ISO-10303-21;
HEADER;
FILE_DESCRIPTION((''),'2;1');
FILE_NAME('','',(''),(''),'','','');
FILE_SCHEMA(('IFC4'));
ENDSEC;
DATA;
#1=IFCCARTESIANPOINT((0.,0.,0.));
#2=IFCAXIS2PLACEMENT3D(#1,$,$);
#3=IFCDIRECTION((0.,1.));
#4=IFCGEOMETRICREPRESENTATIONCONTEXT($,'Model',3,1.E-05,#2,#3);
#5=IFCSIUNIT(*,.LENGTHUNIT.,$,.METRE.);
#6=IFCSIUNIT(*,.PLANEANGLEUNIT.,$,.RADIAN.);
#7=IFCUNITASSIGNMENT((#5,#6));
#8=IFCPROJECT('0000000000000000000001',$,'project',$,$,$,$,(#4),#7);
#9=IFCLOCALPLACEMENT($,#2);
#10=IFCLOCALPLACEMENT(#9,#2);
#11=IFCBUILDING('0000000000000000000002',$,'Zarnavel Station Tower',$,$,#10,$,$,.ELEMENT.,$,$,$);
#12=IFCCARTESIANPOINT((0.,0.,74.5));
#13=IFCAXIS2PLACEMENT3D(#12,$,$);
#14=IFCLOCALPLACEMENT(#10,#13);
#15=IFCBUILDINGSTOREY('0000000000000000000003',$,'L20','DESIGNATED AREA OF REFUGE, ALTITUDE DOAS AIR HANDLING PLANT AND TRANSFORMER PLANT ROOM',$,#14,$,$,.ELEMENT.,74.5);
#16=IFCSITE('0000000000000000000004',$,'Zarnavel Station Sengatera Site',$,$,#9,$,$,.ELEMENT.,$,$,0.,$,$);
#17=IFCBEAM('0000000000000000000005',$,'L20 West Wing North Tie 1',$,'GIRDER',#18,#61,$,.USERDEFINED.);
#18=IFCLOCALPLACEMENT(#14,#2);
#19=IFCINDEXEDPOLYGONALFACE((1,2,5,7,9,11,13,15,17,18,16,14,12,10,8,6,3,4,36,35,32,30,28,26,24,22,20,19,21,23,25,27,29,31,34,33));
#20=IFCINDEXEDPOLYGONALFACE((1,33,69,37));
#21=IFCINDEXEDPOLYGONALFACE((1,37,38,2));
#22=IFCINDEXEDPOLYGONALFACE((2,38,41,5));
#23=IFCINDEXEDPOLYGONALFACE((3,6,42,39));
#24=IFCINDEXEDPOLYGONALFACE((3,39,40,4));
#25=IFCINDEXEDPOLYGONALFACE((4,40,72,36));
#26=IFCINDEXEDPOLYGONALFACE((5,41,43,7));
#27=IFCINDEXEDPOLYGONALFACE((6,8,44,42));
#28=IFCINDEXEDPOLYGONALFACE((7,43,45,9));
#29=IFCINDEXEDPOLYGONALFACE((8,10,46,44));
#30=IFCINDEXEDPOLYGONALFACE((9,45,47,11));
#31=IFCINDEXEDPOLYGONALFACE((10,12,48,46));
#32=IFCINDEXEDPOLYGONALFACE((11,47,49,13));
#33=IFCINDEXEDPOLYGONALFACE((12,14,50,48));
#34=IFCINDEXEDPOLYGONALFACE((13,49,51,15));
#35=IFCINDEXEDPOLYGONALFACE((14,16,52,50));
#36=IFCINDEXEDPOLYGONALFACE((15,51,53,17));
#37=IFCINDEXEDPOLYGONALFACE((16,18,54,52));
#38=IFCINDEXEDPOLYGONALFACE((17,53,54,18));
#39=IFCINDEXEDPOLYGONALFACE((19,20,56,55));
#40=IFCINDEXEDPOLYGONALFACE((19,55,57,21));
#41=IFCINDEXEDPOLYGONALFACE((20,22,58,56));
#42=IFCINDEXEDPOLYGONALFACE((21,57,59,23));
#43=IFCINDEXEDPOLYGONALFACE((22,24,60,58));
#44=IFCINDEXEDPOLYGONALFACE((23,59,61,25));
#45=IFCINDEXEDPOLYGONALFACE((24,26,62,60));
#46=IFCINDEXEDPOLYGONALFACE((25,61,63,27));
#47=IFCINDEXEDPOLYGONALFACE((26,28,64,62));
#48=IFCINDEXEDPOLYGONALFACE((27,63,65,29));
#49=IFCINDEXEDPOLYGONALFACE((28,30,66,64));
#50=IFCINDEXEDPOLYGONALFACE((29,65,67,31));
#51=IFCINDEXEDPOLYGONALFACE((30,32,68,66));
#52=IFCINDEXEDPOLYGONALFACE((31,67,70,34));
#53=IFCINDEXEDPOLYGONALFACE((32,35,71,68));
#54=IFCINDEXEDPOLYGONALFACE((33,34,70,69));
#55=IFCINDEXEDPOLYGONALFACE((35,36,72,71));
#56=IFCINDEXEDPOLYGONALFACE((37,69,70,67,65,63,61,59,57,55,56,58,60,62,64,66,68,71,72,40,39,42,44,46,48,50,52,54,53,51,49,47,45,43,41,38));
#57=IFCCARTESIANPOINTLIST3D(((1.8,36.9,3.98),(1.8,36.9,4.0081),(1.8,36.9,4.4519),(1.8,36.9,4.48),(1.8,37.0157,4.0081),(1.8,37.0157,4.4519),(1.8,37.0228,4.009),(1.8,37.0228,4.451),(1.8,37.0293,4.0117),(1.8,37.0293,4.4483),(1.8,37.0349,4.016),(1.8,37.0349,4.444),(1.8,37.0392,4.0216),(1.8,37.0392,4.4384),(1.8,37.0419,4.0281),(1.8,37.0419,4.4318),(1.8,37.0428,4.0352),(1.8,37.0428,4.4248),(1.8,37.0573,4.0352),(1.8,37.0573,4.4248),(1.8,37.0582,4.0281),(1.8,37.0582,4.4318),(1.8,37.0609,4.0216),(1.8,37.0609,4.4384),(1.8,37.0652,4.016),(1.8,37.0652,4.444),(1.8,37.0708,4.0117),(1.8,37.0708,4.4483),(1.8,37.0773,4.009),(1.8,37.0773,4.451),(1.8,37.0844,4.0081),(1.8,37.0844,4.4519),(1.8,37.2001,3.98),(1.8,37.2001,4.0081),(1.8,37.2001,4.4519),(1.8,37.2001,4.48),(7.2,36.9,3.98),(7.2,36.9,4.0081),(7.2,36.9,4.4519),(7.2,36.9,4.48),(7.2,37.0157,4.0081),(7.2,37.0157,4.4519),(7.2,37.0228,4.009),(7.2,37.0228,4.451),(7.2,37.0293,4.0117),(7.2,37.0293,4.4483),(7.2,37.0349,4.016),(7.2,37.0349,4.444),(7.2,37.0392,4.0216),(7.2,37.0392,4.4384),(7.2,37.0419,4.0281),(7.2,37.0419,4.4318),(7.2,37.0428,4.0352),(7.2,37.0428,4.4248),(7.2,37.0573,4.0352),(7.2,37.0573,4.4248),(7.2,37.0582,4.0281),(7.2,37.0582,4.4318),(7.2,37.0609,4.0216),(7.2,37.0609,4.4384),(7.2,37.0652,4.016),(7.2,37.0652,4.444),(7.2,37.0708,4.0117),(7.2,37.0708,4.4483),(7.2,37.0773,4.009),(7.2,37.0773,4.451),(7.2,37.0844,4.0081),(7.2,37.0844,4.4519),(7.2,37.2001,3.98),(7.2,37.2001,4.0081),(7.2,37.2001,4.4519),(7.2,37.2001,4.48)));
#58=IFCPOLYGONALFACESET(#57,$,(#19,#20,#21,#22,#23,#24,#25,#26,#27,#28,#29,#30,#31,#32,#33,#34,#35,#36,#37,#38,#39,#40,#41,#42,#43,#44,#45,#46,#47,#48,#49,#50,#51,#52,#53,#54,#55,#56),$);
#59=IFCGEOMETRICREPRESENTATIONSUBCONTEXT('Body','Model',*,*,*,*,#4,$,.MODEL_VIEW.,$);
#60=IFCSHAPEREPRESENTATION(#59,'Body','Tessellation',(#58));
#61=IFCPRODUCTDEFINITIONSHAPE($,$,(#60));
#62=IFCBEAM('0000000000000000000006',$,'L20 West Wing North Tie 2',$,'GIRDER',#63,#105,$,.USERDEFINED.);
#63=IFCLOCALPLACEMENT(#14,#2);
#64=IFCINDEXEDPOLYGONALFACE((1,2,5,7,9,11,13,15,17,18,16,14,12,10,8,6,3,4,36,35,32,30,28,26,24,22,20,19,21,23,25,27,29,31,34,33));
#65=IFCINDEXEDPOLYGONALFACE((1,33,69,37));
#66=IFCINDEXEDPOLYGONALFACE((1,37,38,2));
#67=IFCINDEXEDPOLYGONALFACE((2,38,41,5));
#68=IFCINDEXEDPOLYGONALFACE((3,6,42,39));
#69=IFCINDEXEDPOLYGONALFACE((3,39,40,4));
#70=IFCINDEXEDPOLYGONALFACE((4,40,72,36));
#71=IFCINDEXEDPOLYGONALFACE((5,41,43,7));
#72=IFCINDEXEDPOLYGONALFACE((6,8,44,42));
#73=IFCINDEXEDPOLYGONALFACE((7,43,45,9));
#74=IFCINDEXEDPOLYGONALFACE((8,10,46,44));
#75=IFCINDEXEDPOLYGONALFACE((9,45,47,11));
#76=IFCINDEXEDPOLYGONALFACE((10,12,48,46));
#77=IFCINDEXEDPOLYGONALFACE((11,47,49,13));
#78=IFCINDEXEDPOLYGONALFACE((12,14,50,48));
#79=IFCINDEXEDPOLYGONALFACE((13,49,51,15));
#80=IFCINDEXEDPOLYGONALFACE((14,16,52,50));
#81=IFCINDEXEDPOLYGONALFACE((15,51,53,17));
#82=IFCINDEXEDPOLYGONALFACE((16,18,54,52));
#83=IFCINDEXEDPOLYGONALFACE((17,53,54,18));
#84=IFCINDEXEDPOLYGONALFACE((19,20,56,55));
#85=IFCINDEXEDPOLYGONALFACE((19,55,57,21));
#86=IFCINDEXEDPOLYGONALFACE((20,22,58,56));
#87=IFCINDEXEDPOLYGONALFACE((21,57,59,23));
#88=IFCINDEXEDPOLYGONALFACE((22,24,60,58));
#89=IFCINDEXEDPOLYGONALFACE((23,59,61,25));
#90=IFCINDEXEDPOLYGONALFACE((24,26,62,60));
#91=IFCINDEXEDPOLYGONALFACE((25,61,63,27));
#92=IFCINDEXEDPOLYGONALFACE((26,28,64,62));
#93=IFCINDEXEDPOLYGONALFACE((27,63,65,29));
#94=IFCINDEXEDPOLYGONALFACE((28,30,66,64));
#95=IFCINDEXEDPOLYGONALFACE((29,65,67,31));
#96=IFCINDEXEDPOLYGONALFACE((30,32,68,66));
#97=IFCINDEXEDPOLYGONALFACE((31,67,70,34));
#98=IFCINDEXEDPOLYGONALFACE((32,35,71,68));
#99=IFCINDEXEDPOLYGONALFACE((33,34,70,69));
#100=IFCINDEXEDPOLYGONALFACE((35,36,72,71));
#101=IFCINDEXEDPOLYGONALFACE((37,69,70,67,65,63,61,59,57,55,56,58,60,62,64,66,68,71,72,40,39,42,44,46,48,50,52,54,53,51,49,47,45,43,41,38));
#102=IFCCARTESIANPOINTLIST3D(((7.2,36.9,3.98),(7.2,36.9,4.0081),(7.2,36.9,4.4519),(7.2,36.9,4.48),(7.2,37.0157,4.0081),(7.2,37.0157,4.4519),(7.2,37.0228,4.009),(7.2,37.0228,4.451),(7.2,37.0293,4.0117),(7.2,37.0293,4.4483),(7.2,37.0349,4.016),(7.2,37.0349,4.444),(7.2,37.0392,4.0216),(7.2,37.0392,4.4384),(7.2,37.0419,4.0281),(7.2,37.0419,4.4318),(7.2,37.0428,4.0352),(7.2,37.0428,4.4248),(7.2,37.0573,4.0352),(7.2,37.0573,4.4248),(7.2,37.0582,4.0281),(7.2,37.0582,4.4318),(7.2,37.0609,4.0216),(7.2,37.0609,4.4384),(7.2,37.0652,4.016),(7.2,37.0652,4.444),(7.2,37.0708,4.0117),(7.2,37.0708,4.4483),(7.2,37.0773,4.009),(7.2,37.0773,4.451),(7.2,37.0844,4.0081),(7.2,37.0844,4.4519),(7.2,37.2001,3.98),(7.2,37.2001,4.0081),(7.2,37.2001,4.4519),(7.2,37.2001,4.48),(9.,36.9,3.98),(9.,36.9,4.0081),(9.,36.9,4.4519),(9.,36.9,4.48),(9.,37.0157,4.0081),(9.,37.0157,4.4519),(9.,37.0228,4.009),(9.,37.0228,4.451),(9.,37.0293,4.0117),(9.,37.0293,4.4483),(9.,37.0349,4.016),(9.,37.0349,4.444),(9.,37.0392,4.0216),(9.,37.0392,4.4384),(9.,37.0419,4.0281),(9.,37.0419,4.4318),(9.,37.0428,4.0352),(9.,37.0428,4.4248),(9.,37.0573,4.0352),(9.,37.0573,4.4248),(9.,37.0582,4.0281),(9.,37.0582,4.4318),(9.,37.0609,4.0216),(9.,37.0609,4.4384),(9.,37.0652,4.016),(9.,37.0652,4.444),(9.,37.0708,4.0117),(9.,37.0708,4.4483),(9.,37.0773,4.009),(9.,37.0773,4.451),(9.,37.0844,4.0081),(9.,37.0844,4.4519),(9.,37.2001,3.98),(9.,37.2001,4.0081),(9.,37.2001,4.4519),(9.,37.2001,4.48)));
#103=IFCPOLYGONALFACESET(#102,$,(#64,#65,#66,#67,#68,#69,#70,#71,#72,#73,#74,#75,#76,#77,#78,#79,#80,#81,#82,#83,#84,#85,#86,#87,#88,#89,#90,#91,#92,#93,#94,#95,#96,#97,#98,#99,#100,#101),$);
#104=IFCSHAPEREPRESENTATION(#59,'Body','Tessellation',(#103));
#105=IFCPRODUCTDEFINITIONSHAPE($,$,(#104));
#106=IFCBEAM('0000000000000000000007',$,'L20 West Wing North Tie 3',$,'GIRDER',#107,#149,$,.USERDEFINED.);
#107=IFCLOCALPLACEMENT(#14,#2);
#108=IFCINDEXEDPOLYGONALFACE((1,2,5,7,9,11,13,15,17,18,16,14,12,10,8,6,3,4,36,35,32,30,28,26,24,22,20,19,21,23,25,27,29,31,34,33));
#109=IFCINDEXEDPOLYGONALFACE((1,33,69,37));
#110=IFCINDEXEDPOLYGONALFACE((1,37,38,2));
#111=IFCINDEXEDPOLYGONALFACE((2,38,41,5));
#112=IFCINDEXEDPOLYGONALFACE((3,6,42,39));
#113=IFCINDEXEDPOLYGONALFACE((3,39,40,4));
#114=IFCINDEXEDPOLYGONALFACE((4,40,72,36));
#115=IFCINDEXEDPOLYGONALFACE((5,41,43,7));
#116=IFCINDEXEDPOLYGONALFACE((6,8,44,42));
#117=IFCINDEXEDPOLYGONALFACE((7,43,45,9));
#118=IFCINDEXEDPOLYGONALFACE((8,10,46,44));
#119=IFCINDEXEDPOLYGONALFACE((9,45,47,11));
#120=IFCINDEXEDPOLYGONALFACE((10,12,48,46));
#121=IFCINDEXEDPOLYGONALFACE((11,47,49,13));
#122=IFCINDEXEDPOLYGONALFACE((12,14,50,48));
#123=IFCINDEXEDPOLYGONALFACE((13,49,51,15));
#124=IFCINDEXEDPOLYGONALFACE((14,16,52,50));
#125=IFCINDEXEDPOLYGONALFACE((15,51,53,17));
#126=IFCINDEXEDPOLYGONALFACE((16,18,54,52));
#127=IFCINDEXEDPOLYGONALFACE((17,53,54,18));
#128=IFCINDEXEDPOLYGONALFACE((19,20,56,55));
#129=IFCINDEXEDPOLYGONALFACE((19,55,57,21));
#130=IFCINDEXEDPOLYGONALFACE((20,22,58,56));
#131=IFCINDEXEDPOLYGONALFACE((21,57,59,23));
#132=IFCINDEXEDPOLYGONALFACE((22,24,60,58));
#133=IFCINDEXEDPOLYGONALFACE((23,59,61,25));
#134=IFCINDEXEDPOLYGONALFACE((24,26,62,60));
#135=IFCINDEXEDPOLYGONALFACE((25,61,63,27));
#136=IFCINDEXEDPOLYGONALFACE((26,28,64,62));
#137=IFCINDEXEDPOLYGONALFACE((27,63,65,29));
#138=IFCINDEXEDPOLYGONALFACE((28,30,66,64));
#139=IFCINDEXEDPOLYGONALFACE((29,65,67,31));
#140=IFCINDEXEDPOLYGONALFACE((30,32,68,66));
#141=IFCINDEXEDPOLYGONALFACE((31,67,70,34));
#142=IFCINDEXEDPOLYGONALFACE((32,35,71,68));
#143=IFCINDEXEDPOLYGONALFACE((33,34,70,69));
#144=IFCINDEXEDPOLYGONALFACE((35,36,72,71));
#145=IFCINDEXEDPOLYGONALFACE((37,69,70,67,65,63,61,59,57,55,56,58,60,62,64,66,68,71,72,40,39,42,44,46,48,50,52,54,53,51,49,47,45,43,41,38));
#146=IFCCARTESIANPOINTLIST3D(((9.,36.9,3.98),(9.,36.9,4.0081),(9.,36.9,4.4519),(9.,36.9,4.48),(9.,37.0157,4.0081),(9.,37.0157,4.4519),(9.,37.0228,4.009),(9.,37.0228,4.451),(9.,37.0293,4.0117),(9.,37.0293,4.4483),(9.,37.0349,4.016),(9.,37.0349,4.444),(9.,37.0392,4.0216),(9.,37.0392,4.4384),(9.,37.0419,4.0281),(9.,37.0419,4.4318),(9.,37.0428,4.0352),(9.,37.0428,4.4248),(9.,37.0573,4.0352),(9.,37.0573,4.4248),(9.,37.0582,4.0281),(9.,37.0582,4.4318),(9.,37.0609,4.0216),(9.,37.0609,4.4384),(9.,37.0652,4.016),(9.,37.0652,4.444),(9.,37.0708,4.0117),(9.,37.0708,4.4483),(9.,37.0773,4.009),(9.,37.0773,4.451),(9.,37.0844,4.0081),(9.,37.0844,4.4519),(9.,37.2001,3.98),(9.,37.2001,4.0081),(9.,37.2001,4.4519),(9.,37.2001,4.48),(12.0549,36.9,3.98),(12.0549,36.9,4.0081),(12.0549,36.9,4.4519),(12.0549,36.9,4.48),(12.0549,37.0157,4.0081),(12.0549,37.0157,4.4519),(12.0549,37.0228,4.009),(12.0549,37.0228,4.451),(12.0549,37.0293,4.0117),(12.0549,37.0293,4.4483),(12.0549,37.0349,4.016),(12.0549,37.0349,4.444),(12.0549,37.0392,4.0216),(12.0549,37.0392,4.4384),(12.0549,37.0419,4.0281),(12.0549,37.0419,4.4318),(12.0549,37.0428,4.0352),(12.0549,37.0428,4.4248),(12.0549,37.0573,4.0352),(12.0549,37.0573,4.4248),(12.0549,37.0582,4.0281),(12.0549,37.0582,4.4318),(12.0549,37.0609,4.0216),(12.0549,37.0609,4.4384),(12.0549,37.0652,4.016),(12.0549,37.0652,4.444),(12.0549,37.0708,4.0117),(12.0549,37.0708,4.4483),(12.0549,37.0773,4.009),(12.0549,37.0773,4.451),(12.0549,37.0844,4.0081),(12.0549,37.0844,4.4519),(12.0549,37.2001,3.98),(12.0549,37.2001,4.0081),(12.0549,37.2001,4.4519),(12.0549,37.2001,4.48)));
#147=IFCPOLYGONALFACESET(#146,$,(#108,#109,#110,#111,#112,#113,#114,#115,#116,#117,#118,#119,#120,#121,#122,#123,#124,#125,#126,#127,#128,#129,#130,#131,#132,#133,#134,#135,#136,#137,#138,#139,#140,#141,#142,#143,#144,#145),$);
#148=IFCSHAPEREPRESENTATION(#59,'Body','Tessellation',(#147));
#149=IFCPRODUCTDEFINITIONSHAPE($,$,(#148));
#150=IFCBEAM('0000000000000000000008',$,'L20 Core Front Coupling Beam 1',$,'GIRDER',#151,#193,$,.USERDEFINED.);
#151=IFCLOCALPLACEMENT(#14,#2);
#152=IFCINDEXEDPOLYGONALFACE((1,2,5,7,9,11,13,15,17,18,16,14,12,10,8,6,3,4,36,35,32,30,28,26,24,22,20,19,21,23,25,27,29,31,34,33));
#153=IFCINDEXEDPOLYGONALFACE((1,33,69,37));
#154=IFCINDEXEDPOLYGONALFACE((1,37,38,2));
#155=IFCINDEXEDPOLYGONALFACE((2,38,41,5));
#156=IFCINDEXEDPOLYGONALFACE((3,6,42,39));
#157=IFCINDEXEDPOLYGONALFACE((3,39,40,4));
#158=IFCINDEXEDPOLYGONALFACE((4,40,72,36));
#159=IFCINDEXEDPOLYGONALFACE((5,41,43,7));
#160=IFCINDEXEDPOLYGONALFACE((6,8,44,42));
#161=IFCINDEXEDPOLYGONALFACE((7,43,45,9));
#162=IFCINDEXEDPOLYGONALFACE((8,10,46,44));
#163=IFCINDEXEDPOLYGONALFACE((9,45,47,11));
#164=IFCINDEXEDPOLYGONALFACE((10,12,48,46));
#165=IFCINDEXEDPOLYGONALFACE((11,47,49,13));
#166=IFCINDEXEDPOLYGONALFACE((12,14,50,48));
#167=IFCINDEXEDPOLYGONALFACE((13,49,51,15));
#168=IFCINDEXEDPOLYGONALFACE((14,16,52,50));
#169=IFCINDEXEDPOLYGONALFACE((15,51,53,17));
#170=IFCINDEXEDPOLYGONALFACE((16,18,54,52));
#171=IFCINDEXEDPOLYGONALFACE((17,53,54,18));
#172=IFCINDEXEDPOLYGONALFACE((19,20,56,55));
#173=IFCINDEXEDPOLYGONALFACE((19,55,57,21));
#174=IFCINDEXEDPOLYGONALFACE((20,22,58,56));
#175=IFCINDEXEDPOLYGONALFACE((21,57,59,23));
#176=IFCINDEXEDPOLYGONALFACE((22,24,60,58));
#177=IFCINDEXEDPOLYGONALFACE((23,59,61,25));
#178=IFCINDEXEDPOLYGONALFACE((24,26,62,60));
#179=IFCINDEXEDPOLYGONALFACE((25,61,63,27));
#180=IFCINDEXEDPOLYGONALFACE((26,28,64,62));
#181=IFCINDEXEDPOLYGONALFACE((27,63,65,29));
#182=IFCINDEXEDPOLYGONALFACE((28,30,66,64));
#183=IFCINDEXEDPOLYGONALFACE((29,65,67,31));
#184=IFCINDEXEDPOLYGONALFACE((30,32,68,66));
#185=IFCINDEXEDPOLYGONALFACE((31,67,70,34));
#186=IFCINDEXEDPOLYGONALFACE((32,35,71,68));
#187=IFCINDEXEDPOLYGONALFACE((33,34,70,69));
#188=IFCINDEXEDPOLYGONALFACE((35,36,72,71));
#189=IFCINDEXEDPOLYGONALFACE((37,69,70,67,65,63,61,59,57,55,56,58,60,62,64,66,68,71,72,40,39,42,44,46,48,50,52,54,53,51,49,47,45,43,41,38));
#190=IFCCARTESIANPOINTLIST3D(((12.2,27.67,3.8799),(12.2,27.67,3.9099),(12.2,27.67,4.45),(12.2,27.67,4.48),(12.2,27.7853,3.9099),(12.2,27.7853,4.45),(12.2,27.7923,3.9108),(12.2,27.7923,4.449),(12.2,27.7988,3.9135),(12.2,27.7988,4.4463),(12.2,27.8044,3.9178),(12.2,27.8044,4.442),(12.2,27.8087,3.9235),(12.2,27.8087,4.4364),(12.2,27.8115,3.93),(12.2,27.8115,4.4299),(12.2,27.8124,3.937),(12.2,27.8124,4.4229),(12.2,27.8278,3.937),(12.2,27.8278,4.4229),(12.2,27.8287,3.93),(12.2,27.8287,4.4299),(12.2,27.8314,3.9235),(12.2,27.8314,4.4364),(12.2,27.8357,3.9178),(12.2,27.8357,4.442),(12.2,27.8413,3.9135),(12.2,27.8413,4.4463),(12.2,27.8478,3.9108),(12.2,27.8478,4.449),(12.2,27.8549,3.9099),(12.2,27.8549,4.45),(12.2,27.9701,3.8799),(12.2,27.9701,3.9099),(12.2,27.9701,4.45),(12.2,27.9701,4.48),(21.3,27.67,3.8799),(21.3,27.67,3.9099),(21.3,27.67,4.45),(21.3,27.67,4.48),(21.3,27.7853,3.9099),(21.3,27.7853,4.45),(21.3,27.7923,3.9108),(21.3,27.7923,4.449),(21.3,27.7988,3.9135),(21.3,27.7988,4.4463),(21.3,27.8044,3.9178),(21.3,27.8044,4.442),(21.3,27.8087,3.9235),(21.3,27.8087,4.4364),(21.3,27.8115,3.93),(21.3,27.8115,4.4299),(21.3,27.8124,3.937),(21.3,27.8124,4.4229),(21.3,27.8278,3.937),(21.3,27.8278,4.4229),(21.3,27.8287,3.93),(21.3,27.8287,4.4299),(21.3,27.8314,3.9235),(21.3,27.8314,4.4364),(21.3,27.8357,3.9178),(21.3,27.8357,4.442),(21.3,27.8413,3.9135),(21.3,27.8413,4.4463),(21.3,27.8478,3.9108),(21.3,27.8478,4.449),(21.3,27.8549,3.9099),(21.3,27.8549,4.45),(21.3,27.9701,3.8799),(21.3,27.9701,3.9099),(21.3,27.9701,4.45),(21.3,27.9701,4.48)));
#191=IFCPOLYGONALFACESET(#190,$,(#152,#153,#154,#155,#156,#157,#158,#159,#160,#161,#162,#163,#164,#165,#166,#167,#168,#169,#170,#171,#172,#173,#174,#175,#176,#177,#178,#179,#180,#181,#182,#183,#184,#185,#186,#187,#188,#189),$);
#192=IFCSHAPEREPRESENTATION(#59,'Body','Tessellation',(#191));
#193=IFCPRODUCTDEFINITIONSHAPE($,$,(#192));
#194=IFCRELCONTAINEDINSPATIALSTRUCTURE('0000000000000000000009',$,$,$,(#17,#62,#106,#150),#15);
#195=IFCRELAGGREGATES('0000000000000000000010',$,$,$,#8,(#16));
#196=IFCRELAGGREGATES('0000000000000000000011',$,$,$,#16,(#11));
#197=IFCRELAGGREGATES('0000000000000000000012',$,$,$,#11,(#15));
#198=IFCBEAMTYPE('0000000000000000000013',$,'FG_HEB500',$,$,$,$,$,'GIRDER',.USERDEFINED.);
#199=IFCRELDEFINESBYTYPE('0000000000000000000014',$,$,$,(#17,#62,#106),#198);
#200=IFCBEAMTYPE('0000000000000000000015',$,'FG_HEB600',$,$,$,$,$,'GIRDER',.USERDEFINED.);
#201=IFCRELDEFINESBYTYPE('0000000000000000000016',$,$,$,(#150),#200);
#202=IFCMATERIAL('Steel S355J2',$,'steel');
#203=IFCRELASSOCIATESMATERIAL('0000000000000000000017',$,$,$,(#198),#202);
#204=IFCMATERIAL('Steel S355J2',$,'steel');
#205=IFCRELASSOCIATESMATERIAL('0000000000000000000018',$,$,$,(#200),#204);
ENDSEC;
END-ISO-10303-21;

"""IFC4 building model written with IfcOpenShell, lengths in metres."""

from ifc_helpers import new_model, si_unit, direction, frame, origin, origin_2d, place, context, subcontext, project, spatial, i_section, extrude, material, material_profile, profile_set, type_object, element, save


model = new_model("IFC4")

# Units and contexts
model_context = context("Model", 3, precision=1e-05, world=origin(), true_north=direction((0.0, 1.0)))
body_context = subcontext(model_context, "Body", "Model", "MODEL_VIEW")
ifc_project = project(units=[si_unit("LENGTHUNIT", "METRE"), si_unit("PLANEANGLEUNIT", "RADIAN")], contexts=[model_context])

# Site, building, storey
site_placement = place(None, origin())
site = spatial("IfcSite", under=ifc_project, at=site_placement, Name="Zarnavel Station Sengatera Site", CompositionType="ELEMENT", RefElevation=0.0)
building_placement = place(site_placement, origin())
building = spatial("IfcBuilding", under=site, at=building_placement, Name="Zarnavel Station Tower", CompositionType="ELEMENT")
storey_placement = place(building_placement, frame((0.0, 0.0, 74.5)))
storey = spatial("IfcBuildingStorey", under=building, at=storey_placement, Name="L20", Description="DESIGNATED AREA OF REFUGE, ALTITUDE DOAS AIR HANDLING PLANT AND TRANSFORMER PLANT ROOM", CompositionType="ELEMENT", Elevation=74.5)

# Beams
ifc_material_1 = material(Name="Steel S355J2", Category="steel")
ifc_material_profile_1 = material_profile(ifc_material_1, i_section(OverallWidth=0.3, OverallDepth=0.5, WebThickness=0.0144, FlangeThickness=0.0281, FilletRadius=0.0271, at=origin_2d()), Name="HEB500")
ifc_profile_set_1 = profile_set([ifc_material_profile_1], Name="Steel S355J2")
beam_type_1 = type_object("IfcBeamType", Name="FG_HEB500", ElementType="GIRDER", PredefinedType="USERDEFINED", material=ifc_profile_set_1)
beam_1_placement = place(storey_placement, frame((1.8, 37.05, 4.23), z_axis=(1.0, 0.0, 0.0), x_axis=(0.0, 1.0, 0.0)))
element("IfcBeam", 1, at=beam_1_placement, inside=storey, type_object=beam_type_1, Name="L20 West Wing North Tie 1", ObjectType="GIRDER", PredefinedType="USERDEFINED", context=body_context, shape_type="SweptSolid", body=[
    extrude(i_section(OverallWidth=0.3, OverallDepth=0.5, WebThickness=0.0144, FlangeThickness=0.0281, FilletRadius=0.0271, at=origin_2d()), origin(), (0.0, 0.0, 1.0), 5.3999),
])
beam_2_placement = place(storey_placement, frame((7.2, 37.05, 4.23), z_axis=(1.0, 0.0, 0.0), x_axis=(0.0, 1.0, 0.0)))
element("IfcBeam", 2, at=beam_2_placement, inside=storey, type_object=beam_type_1, Name="L20 West Wing North Tie 2", ObjectType="GIRDER", PredefinedType="USERDEFINED", context=body_context, shape_type="SweptSolid", body=[
    extrude(i_section(OverallWidth=0.3, OverallDepth=0.5, WebThickness=0.0144, FlangeThickness=0.0281, FilletRadius=0.0271, at=origin_2d()), origin(), (0.0, 0.0, 1.0), 1.8),
])
beam_3_placement = place(storey_placement, frame((9.0, 37.05, 4.23), z_axis=(1.0, 0.0, 0.0), x_axis=(0.0, 1.0, 0.0)))
element("IfcBeam", 3, at=beam_3_placement, inside=storey, type_object=beam_type_1, Name="L20 West Wing North Tie 3", ObjectType="GIRDER", PredefinedType="USERDEFINED", context=body_context, shape_type="SweptSolid", body=[
    extrude(i_section(OverallWidth=0.3, OverallDepth=0.5, WebThickness=0.0144, FlangeThickness=0.0281, FilletRadius=0.0271, at=origin_2d()), origin(), (0.0, 0.0, 1.0), 3.0549),
])
ifc_material_2 = material(Name="Steel S355J2", Category="steel")
ifc_material_profile_2 = material_profile(ifc_material_2, i_section(OverallWidth=0.3, OverallDepth=0.6001, WebThickness=0.0154, FlangeThickness=0.03, FilletRadius=0.0271, at=origin_2d()), Name="HEB600")
ifc_profile_set_2 = profile_set([ifc_material_profile_2], Name="Steel S355J2")
beam_type_2 = type_object("IfcBeamType", Name="FG_HEB600", ElementType="GIRDER", PredefinedType="USERDEFINED", material=ifc_profile_set_2)
beam_4_placement = place(storey_placement, frame((12.2, 27.8201, 4.1799), z_axis=(1.0, 0.0, 0.0), x_axis=(0.0, 1.0, 0.0)))
element("IfcBeam", 4, at=beam_4_placement, inside=storey, type_object=beam_type_2, Name="L20 Core Front Coupling Beam 1", ObjectType="GIRDER", PredefinedType="USERDEFINED", context=body_context, shape_type="SweptSolid", body=[
    extrude(i_section(OverallWidth=0.3, OverallDepth=0.6001, WebThickness=0.0154, FlangeThickness=0.03, FilletRadius=0.0271, at=origin_2d()), origin(), (0.0, 0.0, 1.0), 9.1001),
])

save(model, "model.ifc")
